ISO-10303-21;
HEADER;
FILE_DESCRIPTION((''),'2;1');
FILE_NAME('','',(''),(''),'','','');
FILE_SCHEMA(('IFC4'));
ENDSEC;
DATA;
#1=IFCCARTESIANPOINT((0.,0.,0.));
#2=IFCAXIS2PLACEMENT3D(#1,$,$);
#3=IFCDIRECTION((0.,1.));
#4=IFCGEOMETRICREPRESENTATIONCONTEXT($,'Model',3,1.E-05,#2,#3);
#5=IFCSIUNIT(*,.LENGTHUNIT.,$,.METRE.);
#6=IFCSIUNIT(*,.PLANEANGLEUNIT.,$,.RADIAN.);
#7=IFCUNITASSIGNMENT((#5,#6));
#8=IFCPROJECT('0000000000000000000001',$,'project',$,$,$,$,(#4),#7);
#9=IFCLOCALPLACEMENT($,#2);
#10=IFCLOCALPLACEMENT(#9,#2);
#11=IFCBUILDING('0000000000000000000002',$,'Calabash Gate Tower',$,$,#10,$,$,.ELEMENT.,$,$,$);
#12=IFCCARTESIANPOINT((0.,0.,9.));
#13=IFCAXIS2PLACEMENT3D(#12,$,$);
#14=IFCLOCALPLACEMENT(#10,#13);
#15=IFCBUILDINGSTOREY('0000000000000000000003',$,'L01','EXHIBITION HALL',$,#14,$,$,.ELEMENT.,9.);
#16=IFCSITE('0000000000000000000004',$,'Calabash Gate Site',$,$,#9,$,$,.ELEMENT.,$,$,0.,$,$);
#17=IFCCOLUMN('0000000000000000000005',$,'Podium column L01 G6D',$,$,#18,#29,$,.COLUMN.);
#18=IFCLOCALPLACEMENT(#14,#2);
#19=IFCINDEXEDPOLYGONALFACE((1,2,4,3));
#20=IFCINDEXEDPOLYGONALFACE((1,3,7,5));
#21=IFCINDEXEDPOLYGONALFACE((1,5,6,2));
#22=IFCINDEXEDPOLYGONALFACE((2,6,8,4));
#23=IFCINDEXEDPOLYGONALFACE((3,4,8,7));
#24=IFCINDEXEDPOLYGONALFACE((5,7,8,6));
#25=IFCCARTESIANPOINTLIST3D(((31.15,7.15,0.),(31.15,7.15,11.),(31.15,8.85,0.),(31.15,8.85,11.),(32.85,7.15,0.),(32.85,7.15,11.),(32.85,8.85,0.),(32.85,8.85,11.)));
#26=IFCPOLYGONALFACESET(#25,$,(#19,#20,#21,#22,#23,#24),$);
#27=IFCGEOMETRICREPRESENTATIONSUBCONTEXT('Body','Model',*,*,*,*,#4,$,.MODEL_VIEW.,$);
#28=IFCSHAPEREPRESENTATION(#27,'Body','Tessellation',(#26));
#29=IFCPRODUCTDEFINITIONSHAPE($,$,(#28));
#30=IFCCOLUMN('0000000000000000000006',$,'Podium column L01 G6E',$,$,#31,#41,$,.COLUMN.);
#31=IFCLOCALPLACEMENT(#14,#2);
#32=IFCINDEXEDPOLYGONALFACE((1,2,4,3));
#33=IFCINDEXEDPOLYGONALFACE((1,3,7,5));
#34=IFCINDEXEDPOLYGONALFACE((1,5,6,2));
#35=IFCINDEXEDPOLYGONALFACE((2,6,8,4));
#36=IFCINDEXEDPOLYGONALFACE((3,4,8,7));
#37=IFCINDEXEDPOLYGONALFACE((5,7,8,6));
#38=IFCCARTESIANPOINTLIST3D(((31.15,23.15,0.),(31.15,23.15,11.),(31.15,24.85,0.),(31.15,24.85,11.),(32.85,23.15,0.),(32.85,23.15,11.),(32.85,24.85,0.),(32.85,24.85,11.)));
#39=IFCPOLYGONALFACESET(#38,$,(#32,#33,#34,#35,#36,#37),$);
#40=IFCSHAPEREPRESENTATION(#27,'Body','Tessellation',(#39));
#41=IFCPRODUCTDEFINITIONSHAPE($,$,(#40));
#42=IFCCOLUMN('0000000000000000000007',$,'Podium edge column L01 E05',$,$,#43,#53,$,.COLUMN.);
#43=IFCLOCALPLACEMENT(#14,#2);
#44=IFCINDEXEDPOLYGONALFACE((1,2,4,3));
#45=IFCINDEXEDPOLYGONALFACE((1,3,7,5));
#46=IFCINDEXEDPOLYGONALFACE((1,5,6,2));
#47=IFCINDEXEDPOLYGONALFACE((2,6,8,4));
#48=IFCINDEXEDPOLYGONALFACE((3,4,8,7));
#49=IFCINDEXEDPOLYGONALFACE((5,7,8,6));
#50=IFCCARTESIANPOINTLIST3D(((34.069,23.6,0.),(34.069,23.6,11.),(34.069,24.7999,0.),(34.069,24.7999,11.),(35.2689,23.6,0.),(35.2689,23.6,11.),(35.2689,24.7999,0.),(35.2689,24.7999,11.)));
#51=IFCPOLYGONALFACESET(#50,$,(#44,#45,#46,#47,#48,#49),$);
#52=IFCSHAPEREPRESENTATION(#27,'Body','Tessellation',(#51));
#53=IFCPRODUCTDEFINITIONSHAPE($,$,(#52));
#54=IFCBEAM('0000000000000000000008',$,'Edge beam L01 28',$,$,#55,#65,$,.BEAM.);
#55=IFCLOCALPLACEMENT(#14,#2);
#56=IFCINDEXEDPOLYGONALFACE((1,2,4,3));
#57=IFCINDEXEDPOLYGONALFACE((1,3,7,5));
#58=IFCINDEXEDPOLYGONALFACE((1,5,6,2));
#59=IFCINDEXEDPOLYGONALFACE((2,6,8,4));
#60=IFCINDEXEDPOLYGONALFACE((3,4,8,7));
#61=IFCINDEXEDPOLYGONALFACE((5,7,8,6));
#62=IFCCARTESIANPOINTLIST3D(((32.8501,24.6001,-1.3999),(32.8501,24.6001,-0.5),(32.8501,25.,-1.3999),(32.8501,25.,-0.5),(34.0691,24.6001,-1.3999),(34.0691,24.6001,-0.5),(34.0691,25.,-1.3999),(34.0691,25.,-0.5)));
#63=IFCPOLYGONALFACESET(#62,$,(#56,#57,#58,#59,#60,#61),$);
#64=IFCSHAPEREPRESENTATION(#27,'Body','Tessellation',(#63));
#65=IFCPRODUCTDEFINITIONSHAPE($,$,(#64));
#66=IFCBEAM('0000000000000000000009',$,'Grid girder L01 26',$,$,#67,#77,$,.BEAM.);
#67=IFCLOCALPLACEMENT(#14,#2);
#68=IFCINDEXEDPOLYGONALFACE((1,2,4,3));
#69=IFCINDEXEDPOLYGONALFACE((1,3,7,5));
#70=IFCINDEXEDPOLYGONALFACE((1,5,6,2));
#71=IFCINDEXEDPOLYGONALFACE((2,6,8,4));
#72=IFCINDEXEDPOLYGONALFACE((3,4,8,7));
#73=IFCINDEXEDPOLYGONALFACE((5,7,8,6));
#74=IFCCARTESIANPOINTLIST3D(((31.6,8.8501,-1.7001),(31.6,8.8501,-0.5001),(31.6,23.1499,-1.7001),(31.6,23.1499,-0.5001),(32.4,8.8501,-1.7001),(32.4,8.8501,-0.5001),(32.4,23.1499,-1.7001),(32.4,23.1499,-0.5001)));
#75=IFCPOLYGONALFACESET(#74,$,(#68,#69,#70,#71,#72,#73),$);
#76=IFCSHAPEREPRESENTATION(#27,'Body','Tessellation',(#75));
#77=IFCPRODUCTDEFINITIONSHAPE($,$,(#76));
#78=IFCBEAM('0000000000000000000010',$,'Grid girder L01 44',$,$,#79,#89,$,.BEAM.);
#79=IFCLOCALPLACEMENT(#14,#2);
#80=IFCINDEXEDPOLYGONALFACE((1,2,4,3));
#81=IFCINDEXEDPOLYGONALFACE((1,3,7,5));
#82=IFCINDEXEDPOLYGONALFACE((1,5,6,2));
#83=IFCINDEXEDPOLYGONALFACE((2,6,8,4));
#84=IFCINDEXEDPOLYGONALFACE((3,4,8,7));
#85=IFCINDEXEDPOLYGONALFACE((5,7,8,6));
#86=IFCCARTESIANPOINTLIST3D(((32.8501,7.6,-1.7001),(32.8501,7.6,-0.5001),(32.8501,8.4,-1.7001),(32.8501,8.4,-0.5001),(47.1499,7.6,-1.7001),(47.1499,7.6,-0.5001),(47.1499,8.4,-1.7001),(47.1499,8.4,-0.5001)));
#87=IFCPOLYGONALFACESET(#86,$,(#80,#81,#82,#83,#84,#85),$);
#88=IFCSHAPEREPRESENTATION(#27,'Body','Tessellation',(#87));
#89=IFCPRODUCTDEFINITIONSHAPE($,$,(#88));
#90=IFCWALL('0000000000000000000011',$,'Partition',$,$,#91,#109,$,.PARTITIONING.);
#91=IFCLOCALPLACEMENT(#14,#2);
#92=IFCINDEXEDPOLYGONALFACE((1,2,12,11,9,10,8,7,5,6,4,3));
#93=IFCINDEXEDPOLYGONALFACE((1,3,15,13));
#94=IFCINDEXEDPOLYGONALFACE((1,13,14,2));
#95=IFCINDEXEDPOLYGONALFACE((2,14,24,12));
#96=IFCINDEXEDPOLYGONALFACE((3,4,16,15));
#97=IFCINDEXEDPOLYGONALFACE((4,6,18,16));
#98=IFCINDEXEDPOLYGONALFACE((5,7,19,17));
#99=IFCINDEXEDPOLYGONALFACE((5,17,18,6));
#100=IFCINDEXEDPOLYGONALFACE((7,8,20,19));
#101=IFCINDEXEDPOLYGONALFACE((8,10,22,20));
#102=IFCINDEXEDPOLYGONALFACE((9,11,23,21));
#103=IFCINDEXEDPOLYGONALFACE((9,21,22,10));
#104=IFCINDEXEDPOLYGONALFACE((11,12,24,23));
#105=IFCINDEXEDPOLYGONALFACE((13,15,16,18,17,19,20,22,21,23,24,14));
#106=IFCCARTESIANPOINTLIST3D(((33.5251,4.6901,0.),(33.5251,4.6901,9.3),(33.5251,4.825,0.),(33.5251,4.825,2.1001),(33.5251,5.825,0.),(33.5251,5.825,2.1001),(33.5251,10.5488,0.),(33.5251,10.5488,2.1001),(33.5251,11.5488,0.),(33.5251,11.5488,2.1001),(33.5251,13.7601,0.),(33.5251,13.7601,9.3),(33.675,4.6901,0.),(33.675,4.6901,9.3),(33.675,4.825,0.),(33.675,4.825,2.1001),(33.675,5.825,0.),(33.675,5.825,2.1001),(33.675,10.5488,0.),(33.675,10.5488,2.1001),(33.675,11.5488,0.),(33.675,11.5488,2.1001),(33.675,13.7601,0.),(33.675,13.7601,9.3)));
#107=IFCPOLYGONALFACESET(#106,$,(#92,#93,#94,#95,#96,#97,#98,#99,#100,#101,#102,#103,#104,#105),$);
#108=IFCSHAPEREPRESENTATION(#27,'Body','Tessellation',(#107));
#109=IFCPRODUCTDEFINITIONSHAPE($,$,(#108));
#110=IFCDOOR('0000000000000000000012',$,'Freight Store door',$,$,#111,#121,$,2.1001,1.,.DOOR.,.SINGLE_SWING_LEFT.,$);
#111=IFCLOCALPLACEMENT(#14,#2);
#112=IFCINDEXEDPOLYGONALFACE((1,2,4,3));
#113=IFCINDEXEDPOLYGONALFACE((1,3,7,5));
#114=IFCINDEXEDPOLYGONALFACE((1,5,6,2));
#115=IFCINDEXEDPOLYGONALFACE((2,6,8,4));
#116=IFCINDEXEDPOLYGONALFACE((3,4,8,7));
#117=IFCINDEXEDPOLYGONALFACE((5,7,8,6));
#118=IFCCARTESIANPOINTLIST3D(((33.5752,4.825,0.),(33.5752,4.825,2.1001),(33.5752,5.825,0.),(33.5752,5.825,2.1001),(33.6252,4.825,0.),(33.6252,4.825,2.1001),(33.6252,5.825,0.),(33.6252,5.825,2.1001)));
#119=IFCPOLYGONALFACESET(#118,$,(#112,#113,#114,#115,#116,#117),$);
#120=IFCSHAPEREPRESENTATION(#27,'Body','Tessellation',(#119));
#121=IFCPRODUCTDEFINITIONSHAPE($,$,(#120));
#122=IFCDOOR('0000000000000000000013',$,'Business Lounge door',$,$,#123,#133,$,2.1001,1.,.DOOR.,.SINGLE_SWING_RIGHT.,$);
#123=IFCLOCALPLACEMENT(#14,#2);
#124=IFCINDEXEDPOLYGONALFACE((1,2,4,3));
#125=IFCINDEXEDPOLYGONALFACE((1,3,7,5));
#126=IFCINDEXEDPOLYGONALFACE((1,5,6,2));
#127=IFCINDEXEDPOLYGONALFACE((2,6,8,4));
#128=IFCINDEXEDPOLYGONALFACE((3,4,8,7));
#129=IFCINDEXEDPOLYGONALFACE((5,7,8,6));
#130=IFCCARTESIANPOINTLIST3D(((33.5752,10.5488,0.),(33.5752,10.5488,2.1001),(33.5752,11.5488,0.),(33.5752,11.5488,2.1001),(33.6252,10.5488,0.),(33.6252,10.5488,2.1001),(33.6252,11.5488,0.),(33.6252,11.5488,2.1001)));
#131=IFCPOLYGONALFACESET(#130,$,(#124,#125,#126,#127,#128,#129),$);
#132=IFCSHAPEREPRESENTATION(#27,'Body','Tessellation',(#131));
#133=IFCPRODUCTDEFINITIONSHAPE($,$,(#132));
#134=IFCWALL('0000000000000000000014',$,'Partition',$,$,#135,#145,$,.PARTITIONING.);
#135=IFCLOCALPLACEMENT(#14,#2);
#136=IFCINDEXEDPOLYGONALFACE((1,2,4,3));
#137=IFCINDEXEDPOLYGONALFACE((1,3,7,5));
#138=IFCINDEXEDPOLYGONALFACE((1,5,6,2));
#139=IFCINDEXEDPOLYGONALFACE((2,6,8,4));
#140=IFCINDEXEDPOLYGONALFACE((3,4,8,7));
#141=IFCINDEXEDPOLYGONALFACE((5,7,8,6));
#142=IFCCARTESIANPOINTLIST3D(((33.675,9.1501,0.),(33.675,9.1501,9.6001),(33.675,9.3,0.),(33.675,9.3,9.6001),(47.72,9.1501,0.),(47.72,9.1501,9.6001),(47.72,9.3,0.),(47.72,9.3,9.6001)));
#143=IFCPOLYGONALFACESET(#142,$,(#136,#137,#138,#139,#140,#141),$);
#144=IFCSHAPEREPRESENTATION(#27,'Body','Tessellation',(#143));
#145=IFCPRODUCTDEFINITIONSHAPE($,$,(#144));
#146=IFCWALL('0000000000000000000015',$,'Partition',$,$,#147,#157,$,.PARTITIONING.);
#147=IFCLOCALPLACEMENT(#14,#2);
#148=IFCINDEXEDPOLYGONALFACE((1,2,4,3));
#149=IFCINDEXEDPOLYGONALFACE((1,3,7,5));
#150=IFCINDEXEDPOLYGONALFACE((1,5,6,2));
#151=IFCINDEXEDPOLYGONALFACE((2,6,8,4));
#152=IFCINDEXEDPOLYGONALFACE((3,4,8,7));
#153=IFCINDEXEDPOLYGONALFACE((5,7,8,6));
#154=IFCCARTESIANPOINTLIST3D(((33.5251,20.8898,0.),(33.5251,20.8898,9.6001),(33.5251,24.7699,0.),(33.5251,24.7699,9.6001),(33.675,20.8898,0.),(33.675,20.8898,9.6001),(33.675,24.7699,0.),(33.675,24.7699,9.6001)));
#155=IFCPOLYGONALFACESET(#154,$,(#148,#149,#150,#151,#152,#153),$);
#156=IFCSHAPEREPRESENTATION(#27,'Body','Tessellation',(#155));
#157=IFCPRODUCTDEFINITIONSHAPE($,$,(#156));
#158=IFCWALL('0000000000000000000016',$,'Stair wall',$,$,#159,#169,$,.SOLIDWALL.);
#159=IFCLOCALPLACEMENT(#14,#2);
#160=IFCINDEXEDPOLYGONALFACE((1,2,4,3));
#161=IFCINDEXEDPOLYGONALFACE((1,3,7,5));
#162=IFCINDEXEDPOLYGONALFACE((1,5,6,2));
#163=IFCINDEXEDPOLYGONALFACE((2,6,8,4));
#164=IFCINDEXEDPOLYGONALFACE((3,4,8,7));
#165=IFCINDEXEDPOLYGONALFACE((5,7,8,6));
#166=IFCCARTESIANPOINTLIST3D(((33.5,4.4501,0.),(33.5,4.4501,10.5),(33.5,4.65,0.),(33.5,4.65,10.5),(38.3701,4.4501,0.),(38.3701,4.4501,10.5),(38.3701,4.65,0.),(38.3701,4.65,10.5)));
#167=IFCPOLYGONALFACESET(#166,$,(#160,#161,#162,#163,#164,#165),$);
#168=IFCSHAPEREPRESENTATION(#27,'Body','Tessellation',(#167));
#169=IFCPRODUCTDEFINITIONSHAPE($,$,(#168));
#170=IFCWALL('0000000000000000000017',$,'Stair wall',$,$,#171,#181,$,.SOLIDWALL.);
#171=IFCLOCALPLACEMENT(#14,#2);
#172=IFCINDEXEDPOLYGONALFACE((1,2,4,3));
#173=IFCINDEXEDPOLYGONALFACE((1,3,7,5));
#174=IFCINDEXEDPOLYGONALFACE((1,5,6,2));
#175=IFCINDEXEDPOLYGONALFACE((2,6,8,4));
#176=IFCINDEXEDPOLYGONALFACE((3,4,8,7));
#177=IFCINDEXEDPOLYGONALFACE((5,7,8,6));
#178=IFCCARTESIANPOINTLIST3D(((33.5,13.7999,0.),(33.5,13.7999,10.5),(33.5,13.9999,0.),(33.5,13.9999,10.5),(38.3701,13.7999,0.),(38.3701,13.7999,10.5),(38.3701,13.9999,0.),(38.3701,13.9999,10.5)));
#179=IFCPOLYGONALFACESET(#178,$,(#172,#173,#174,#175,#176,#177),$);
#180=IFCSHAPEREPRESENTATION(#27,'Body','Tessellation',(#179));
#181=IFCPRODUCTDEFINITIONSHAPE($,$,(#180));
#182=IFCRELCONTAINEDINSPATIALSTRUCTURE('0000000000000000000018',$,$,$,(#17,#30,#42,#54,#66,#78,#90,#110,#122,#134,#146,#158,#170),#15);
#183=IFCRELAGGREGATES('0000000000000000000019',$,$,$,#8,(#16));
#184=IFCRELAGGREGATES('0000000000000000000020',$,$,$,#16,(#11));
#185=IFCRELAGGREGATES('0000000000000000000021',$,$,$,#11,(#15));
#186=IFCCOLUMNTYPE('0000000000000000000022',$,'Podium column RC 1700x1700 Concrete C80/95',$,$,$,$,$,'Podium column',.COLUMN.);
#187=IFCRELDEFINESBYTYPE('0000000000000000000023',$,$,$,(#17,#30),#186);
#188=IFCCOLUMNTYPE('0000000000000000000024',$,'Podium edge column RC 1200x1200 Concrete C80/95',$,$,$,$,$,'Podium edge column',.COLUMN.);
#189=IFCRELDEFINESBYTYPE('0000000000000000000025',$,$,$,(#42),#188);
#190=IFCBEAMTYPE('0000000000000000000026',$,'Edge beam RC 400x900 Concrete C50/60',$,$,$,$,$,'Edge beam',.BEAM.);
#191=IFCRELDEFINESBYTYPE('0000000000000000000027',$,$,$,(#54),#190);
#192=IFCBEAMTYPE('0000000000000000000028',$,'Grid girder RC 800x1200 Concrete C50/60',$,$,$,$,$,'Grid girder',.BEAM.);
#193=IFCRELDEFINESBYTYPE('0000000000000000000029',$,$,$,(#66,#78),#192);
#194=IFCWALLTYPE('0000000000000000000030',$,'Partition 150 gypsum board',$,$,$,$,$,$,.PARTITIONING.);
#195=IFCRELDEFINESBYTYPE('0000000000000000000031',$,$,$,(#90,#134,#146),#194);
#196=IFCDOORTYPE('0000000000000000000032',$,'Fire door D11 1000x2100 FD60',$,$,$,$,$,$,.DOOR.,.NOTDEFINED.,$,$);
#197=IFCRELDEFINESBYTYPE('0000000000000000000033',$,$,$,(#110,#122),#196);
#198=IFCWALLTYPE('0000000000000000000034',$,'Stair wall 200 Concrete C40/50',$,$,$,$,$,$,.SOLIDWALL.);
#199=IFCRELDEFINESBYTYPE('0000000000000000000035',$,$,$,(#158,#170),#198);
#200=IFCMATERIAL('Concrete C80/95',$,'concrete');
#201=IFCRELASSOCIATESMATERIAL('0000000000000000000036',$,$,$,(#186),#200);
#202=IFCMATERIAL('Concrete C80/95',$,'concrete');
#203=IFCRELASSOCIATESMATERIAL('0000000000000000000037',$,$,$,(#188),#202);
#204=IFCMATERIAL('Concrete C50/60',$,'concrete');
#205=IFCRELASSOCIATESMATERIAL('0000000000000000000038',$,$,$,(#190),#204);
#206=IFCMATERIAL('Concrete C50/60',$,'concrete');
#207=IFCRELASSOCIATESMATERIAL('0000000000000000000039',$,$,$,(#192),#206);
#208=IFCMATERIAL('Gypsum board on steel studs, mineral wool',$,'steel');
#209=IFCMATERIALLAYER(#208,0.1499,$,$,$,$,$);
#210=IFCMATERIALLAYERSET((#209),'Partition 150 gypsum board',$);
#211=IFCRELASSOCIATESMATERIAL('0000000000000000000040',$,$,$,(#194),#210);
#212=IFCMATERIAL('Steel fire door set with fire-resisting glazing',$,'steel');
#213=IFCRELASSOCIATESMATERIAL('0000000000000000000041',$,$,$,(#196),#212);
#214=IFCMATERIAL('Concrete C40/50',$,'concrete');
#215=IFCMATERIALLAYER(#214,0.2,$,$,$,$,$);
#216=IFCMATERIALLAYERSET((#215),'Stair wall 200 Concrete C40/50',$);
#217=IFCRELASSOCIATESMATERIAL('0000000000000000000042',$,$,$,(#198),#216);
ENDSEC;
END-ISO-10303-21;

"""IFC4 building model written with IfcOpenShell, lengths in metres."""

from ifc_helpers import new_model, si_unit, direction, frame, frame_2d, origin, origin_2d, place, context, subcontext, project, spatial, rectangle, extrude, material, layer, layer_set, material_profile, profile_set, type_object, element, fill, save


model = new_model("IFC4")

# Units and contexts
model_context = context("Model", 3, precision=1e-05, world=origin(), true_north=direction((0.0, 1.0)))
body_context = subcontext(model_context, "Body", "Model", "MODEL_VIEW")
ifc_project = project(units=[si_unit("LENGTHUNIT", "METRE"), si_unit("PLANEANGLEUNIT", "RADIAN")], contexts=[model_context])

# Site, building, storey
site_placement = place(None, origin())
site = spatial("IfcSite", under=ifc_project, at=site_placement, Name="Calabash Gate Site", CompositionType="ELEMENT", RefElevation=0.0)
building_placement = place(site_placement, origin())
building = spatial("IfcBuilding", under=site, at=building_placement, Name="Calabash Gate Tower", CompositionType="ELEMENT")
storey_placement = place(building_placement, frame((0.0, 0.0, 9.0)))
storey = spatial("IfcBuildingStorey", under=building, at=storey_placement, Name="L01", Description="EXHIBITION HALL", CompositionType="ELEMENT", Elevation=9.0)

# Columns
ifc_material_1 = material(Name="Concrete C80/95", Category="concrete")
ifc_material_profile_1 = material_profile(ifc_material_1, rectangle(XDim=1.7, YDim=1.7, at=origin_2d()))
ifc_profile_set_1 = profile_set([ifc_material_profile_1], Name="Concrete C80/95")
column_type_1 = type_object("IfcColumnType", Name="Podium column RC 1700x1700 Concrete C80/95", ElementType="Podium column", PredefinedType="COLUMN", material=ifc_profile_set_1)
for number, where, z_axis, x_axis, name in (
    (1, (32.0, 8.0, 0.0), (0.0, 0.0, 1.0), (1.0, 0.0, 0.0), "Podium column L01 G6D"),
    (2, (32.0, 24.0, 0.0), (0.0, 0.0, 1.0), (1.0, 0.0, 0.0), "Podium column L01 G6E"),
):
    element("IfcColumn", number, at=place(storey_placement, frame(where, z_axis=z_axis, x_axis=x_axis)), inside=storey, type_object=column_type_1, Name=name, PredefinedType="COLUMN", context=body_context, shape_type="SweptSolid", body=[
        extrude(rectangle(XDim=1.7, YDim=1.7, at=origin_2d()), origin(), (0.0, 0.0, 1.0), 11.0),
    ])
ifc_material_2 = material(Name="Concrete C80/95", Category="concrete")
ifc_material_profile_2 = material_profile(ifc_material_2, rectangle(XDim=1.2, YDim=1.2, at=origin_2d()))
ifc_profile_set_2 = profile_set([ifc_material_profile_2], Name="Concrete C80/95")
column_type_2 = type_object("IfcColumnType", Name="Podium edge column RC 1200x1200 Concrete C80/95", ElementType="Podium edge column", PredefinedType="COLUMN", material=ifc_profile_set_2)
column_placement = place(storey_placement, frame((34.6689, 24.2, 0.0), z_axis=(0.0, 0.0, 1.0), x_axis=(1.0, 0.0, 0.0)))
element("IfcColumn", 3, at=column_placement, inside=storey, type_object=column_type_2, Name="Podium edge column L01 E05", PredefinedType="COLUMN", context=body_context, shape_type="SweptSolid", body=[
    extrude(rectangle(XDim=1.2, YDim=1.2, at=origin_2d()), origin(), (0.0, 0.0, 1.0), 11.0),
])

# Beams
ifc_material_3 = material(Name="Concrete C50/60", Category="concrete")
ifc_material_profile_3 = material_profile(ifc_material_3, rectangle(XDim=0.3999, YDim=0.8999, at=origin_2d()))
ifc_profile_set_3 = profile_set([ifc_material_profile_3], Name="Concrete C50/60")
beam_type_1 = type_object("IfcBeamType", Name="Edge beam RC 400x900 Concrete C50/60", ElementType="Edge beam", PredefinedType="BEAM", material=ifc_profile_set_3)
beam_placement = place(storey_placement, frame((32.8501, 24.8, -0.95), z_axis=(1.0, 0.0, 0.0), x_axis=(0.0, 1.0, 0.0)))
element("IfcBeam", 4, at=beam_placement, inside=storey, type_object=beam_type_1, Name="Edge beam L01 28", PredefinedType="BEAM", context=body_context, shape_type="SweptSolid", body=[
    extrude(rectangle(XDim=0.3999, YDim=0.8999, at=origin_2d()), origin(), (0.0, 0.0, 1.0), 1.219),
])
ifc_material_4 = material(Name="Concrete C50/60", Category="concrete")
ifc_material_profile_4 = material_profile(ifc_material_4, rectangle(XDim=0.8, YDim=1.2, at=origin_2d()))
ifc_profile_set_4 = profile_set([ifc_material_profile_4], Name="Concrete C50/60")
beam_type_2 = type_object("IfcBeamType", Name="Grid girder RC 800x1200 Concrete C50/60", ElementType="Grid girder", PredefinedType="BEAM", material=ifc_profile_set_4)
for number, where, z_axis, x_axis, name in (
    (5, (32.0, 8.8501, -1.1001), (0.0, 1.0, 0.0), (-1.0, 0.0, 0.0), "Grid girder L01 26"),
    (6, (32.8501, 8.0, -1.1001), (1.0, 0.0, 0.0), (0.0, 1.0, 0.0), "Grid girder L01 44"),
):
    element("IfcBeam", number, at=place(storey_placement, frame(where, z_axis=z_axis, x_axis=x_axis)), inside=storey, type_object=beam_type_2, Name=name, PredefinedType="BEAM", context=body_context, shape_type="SweptSolid", body=[
        extrude(rectangle(XDim=0.8, YDim=1.2, at=origin_2d()), origin(), (0.0, 0.0, 1.0), 14.2998),
    ])

# Wall, openings, doors
ifc_material_5 = material(Name="Gypsum board on steel studs, mineral wool", Category="steel")
ifc_layer_1 = layer(ifc_material_5, 0.1499)
ifc_layer_set_1 = layer_set([ifc_layer_1], Name="Partition 150 gypsum board")
wall_type_1 = type_object("IfcWallType", Name="Partition 150 gypsum board", PredefinedType="PARTITIONING", material=ifc_layer_set_1)
wall_1_placement = place(storey_placement, frame((33.6001, 4.6899, 0.0), z_axis=(0.0, 0.0, 1.0), x_axis=(0.0, 1.0, 0.0)))
wall_1 = element("IfcWall", 7, at=wall_1_placement, inside=storey, type_object=wall_type_1, Name="Partition", PredefinedType="PARTITIONING", context=body_context, shape_type="SweptSolid", body=[
    extrude(rectangle(XDim=9.0701, YDim=0.1499, at=frame_2d((4.5352, 0.0))), origin(), (0.0, 0.0, 1.0), 9.3),
])
opening_1_placement = place(wall_1_placement, frame((0.135, 0.0, 0.0)))
opening_1 = element("IfcOpeningElement", 8, at=opening_1_placement, cuts=wall_1, PredefinedType="OPENING", context=body_context, shape_type="SweptSolid", body=[
    extrude(rectangle(XDim=1.0, YDim=2.1001, at=frame_2d((0.5, 1.05))), frame((0.0, 0.085, 0.0), z_axis=(0.0, -1.0, 0.0), x_axis=(1.0, 0.0, 0.0)), (0.0, 0.0, 1.0), 0.1699),
])
opening_2_placement = place(wall_1_placement, frame((5.8589, 0.0, 0.0)))
opening_2 = element("IfcOpeningElement", 9, at=opening_2_placement, cuts=wall_1, PredefinedType="OPENING", context=body_context, shape_type="SweptSolid", body=[
    extrude(rectangle(XDim=1.0, YDim=2.1001, at=frame_2d((0.5, 1.05))), frame((0.0, 0.085, 0.0), z_axis=(0.0, -1.0, 0.0), x_axis=(1.0, 0.0, 0.0)), (0.0, 0.0, 1.0), 0.1699),
])
ifc_material_6 = material(Name="Steel fire door set with fire-resisting glazing", Category="steel")
door_type_1 = type_object("IfcDoorType", Name="Fire door D11 1000x2100 FD60", OperationType="NOTDEFINED", PredefinedType="DOOR", material=ifc_material_6)
door_1_placement = place(opening_1_placement, origin())
door_1 = element("IfcDoor", 10, at=door_1_placement, inside=storey, type_object=door_type_1, Name="Freight Store door", OperationType="SINGLE_SWING_LEFT", OverallHeight=2.1001, OverallWidth=1.0, PredefinedType="DOOR", context=body_context, shape_type="SweptSolid", body=[
    extrude(rectangle(XDim=1.0, YDim=2.1001, at=frame_2d((0.5, 1.05))), frame((0.0, 0.0249, 0.0), z_axis=(0.0, -1.0, 0.0), x_axis=(1.0, 0.0, 0.0)), (0.0, 0.0, 1.0), 0.05),
])
fill(opening_1, door_1)
door_2_placement = place(opening_2_placement, origin())
door_2 = element("IfcDoor", 11, at=door_2_placement, inside=storey, type_object=door_type_1, Name="Business Lounge door", OperationType="SINGLE_SWING_RIGHT", OverallHeight=2.1001, OverallWidth=1.0, PredefinedType="DOOR", context=body_context, shape_type="SweptSolid", body=[
    extrude(rectangle(XDim=1.0, YDim=2.1001, at=frame_2d((0.5, 1.05))), frame((0.0, 0.0249, 0.0), z_axis=(0.0, -1.0, 0.0), x_axis=(1.0, 0.0, 0.0)), (0.0, 0.0, 1.0), 0.05),
])
fill(opening_2, door_2)

# Walls
wall_2_placement = place(storey_placement, frame((33.675, 9.2251, 0.0), z_axis=(0.0, 0.0, 1.0), x_axis=(1.0, 0.0, 0.0)))
element("IfcWall", 12, at=wall_2_placement, inside=storey, type_object=wall_type_1, Name="Partition", PredefinedType="PARTITIONING", context=body_context, shape_type="SweptSolid", body=[
    extrude(rectangle(XDim=14.0449, YDim=0.1499, at=frame_2d((7.0225, 0.0))), origin(), (0.0, 0.0, 1.0), 9.6001),
])
wall_3_placement = place(storey_placement, frame((33.6001, 20.8899, 0.0), z_axis=(0.0, 0.0, 1.0), x_axis=(0.0, 1.0, 0.0)))
element("IfcWall", 13, at=wall_3_placement, inside=storey, type_object=wall_type_1, Name="Partition", PredefinedType="PARTITIONING", context=body_context, shape_type="SweptSolid", body=[
    extrude(rectangle(XDim=3.8801, YDim=0.1499, at=frame_2d((1.9399, 0.0))), origin(), (0.0, 0.0, 1.0), 9.6001),
])
ifc_material_7 = material(Name="Concrete C40/50", Category="concrete")
ifc_layer_2 = layer(ifc_material_7, 0.2)
ifc_layer_set_2 = layer_set([ifc_layer_2], Name="Stair wall 200 Concrete C40/50")
wall_type_2 = type_object("IfcWallType", Name="Stair wall 200 Concrete C40/50", PredefinedType="SOLIDWALL", material=ifc_layer_set_2)
for number, where, z_axis, x_axis, name in (
    (14, (33.5, 4.55, 0.0), (0.0, 0.0, 1.0), (1.0, 0.0, 0.0), "Stair wall"),
    (15, (33.5, 13.8999, 0.0), (0.0, 0.0, 1.0), (1.0, 0.0, 0.0), "Stair wall"),
):
    element("IfcWall", number, at=place(storey_placement, frame(where, z_axis=z_axis, x_axis=x_axis)), inside=storey, type_object=wall_type_2, Name=name, PredefinedType="SOLIDWALL", context=body_context, shape_type="SweptSolid", body=[
        extrude(rectangle(XDim=4.8701, YDim=0.2, at=frame_2d((2.4351, 0.0))), origin(), (0.0, 0.0, 1.0), 10.5),
    ])

save(model, "model.ifc")
